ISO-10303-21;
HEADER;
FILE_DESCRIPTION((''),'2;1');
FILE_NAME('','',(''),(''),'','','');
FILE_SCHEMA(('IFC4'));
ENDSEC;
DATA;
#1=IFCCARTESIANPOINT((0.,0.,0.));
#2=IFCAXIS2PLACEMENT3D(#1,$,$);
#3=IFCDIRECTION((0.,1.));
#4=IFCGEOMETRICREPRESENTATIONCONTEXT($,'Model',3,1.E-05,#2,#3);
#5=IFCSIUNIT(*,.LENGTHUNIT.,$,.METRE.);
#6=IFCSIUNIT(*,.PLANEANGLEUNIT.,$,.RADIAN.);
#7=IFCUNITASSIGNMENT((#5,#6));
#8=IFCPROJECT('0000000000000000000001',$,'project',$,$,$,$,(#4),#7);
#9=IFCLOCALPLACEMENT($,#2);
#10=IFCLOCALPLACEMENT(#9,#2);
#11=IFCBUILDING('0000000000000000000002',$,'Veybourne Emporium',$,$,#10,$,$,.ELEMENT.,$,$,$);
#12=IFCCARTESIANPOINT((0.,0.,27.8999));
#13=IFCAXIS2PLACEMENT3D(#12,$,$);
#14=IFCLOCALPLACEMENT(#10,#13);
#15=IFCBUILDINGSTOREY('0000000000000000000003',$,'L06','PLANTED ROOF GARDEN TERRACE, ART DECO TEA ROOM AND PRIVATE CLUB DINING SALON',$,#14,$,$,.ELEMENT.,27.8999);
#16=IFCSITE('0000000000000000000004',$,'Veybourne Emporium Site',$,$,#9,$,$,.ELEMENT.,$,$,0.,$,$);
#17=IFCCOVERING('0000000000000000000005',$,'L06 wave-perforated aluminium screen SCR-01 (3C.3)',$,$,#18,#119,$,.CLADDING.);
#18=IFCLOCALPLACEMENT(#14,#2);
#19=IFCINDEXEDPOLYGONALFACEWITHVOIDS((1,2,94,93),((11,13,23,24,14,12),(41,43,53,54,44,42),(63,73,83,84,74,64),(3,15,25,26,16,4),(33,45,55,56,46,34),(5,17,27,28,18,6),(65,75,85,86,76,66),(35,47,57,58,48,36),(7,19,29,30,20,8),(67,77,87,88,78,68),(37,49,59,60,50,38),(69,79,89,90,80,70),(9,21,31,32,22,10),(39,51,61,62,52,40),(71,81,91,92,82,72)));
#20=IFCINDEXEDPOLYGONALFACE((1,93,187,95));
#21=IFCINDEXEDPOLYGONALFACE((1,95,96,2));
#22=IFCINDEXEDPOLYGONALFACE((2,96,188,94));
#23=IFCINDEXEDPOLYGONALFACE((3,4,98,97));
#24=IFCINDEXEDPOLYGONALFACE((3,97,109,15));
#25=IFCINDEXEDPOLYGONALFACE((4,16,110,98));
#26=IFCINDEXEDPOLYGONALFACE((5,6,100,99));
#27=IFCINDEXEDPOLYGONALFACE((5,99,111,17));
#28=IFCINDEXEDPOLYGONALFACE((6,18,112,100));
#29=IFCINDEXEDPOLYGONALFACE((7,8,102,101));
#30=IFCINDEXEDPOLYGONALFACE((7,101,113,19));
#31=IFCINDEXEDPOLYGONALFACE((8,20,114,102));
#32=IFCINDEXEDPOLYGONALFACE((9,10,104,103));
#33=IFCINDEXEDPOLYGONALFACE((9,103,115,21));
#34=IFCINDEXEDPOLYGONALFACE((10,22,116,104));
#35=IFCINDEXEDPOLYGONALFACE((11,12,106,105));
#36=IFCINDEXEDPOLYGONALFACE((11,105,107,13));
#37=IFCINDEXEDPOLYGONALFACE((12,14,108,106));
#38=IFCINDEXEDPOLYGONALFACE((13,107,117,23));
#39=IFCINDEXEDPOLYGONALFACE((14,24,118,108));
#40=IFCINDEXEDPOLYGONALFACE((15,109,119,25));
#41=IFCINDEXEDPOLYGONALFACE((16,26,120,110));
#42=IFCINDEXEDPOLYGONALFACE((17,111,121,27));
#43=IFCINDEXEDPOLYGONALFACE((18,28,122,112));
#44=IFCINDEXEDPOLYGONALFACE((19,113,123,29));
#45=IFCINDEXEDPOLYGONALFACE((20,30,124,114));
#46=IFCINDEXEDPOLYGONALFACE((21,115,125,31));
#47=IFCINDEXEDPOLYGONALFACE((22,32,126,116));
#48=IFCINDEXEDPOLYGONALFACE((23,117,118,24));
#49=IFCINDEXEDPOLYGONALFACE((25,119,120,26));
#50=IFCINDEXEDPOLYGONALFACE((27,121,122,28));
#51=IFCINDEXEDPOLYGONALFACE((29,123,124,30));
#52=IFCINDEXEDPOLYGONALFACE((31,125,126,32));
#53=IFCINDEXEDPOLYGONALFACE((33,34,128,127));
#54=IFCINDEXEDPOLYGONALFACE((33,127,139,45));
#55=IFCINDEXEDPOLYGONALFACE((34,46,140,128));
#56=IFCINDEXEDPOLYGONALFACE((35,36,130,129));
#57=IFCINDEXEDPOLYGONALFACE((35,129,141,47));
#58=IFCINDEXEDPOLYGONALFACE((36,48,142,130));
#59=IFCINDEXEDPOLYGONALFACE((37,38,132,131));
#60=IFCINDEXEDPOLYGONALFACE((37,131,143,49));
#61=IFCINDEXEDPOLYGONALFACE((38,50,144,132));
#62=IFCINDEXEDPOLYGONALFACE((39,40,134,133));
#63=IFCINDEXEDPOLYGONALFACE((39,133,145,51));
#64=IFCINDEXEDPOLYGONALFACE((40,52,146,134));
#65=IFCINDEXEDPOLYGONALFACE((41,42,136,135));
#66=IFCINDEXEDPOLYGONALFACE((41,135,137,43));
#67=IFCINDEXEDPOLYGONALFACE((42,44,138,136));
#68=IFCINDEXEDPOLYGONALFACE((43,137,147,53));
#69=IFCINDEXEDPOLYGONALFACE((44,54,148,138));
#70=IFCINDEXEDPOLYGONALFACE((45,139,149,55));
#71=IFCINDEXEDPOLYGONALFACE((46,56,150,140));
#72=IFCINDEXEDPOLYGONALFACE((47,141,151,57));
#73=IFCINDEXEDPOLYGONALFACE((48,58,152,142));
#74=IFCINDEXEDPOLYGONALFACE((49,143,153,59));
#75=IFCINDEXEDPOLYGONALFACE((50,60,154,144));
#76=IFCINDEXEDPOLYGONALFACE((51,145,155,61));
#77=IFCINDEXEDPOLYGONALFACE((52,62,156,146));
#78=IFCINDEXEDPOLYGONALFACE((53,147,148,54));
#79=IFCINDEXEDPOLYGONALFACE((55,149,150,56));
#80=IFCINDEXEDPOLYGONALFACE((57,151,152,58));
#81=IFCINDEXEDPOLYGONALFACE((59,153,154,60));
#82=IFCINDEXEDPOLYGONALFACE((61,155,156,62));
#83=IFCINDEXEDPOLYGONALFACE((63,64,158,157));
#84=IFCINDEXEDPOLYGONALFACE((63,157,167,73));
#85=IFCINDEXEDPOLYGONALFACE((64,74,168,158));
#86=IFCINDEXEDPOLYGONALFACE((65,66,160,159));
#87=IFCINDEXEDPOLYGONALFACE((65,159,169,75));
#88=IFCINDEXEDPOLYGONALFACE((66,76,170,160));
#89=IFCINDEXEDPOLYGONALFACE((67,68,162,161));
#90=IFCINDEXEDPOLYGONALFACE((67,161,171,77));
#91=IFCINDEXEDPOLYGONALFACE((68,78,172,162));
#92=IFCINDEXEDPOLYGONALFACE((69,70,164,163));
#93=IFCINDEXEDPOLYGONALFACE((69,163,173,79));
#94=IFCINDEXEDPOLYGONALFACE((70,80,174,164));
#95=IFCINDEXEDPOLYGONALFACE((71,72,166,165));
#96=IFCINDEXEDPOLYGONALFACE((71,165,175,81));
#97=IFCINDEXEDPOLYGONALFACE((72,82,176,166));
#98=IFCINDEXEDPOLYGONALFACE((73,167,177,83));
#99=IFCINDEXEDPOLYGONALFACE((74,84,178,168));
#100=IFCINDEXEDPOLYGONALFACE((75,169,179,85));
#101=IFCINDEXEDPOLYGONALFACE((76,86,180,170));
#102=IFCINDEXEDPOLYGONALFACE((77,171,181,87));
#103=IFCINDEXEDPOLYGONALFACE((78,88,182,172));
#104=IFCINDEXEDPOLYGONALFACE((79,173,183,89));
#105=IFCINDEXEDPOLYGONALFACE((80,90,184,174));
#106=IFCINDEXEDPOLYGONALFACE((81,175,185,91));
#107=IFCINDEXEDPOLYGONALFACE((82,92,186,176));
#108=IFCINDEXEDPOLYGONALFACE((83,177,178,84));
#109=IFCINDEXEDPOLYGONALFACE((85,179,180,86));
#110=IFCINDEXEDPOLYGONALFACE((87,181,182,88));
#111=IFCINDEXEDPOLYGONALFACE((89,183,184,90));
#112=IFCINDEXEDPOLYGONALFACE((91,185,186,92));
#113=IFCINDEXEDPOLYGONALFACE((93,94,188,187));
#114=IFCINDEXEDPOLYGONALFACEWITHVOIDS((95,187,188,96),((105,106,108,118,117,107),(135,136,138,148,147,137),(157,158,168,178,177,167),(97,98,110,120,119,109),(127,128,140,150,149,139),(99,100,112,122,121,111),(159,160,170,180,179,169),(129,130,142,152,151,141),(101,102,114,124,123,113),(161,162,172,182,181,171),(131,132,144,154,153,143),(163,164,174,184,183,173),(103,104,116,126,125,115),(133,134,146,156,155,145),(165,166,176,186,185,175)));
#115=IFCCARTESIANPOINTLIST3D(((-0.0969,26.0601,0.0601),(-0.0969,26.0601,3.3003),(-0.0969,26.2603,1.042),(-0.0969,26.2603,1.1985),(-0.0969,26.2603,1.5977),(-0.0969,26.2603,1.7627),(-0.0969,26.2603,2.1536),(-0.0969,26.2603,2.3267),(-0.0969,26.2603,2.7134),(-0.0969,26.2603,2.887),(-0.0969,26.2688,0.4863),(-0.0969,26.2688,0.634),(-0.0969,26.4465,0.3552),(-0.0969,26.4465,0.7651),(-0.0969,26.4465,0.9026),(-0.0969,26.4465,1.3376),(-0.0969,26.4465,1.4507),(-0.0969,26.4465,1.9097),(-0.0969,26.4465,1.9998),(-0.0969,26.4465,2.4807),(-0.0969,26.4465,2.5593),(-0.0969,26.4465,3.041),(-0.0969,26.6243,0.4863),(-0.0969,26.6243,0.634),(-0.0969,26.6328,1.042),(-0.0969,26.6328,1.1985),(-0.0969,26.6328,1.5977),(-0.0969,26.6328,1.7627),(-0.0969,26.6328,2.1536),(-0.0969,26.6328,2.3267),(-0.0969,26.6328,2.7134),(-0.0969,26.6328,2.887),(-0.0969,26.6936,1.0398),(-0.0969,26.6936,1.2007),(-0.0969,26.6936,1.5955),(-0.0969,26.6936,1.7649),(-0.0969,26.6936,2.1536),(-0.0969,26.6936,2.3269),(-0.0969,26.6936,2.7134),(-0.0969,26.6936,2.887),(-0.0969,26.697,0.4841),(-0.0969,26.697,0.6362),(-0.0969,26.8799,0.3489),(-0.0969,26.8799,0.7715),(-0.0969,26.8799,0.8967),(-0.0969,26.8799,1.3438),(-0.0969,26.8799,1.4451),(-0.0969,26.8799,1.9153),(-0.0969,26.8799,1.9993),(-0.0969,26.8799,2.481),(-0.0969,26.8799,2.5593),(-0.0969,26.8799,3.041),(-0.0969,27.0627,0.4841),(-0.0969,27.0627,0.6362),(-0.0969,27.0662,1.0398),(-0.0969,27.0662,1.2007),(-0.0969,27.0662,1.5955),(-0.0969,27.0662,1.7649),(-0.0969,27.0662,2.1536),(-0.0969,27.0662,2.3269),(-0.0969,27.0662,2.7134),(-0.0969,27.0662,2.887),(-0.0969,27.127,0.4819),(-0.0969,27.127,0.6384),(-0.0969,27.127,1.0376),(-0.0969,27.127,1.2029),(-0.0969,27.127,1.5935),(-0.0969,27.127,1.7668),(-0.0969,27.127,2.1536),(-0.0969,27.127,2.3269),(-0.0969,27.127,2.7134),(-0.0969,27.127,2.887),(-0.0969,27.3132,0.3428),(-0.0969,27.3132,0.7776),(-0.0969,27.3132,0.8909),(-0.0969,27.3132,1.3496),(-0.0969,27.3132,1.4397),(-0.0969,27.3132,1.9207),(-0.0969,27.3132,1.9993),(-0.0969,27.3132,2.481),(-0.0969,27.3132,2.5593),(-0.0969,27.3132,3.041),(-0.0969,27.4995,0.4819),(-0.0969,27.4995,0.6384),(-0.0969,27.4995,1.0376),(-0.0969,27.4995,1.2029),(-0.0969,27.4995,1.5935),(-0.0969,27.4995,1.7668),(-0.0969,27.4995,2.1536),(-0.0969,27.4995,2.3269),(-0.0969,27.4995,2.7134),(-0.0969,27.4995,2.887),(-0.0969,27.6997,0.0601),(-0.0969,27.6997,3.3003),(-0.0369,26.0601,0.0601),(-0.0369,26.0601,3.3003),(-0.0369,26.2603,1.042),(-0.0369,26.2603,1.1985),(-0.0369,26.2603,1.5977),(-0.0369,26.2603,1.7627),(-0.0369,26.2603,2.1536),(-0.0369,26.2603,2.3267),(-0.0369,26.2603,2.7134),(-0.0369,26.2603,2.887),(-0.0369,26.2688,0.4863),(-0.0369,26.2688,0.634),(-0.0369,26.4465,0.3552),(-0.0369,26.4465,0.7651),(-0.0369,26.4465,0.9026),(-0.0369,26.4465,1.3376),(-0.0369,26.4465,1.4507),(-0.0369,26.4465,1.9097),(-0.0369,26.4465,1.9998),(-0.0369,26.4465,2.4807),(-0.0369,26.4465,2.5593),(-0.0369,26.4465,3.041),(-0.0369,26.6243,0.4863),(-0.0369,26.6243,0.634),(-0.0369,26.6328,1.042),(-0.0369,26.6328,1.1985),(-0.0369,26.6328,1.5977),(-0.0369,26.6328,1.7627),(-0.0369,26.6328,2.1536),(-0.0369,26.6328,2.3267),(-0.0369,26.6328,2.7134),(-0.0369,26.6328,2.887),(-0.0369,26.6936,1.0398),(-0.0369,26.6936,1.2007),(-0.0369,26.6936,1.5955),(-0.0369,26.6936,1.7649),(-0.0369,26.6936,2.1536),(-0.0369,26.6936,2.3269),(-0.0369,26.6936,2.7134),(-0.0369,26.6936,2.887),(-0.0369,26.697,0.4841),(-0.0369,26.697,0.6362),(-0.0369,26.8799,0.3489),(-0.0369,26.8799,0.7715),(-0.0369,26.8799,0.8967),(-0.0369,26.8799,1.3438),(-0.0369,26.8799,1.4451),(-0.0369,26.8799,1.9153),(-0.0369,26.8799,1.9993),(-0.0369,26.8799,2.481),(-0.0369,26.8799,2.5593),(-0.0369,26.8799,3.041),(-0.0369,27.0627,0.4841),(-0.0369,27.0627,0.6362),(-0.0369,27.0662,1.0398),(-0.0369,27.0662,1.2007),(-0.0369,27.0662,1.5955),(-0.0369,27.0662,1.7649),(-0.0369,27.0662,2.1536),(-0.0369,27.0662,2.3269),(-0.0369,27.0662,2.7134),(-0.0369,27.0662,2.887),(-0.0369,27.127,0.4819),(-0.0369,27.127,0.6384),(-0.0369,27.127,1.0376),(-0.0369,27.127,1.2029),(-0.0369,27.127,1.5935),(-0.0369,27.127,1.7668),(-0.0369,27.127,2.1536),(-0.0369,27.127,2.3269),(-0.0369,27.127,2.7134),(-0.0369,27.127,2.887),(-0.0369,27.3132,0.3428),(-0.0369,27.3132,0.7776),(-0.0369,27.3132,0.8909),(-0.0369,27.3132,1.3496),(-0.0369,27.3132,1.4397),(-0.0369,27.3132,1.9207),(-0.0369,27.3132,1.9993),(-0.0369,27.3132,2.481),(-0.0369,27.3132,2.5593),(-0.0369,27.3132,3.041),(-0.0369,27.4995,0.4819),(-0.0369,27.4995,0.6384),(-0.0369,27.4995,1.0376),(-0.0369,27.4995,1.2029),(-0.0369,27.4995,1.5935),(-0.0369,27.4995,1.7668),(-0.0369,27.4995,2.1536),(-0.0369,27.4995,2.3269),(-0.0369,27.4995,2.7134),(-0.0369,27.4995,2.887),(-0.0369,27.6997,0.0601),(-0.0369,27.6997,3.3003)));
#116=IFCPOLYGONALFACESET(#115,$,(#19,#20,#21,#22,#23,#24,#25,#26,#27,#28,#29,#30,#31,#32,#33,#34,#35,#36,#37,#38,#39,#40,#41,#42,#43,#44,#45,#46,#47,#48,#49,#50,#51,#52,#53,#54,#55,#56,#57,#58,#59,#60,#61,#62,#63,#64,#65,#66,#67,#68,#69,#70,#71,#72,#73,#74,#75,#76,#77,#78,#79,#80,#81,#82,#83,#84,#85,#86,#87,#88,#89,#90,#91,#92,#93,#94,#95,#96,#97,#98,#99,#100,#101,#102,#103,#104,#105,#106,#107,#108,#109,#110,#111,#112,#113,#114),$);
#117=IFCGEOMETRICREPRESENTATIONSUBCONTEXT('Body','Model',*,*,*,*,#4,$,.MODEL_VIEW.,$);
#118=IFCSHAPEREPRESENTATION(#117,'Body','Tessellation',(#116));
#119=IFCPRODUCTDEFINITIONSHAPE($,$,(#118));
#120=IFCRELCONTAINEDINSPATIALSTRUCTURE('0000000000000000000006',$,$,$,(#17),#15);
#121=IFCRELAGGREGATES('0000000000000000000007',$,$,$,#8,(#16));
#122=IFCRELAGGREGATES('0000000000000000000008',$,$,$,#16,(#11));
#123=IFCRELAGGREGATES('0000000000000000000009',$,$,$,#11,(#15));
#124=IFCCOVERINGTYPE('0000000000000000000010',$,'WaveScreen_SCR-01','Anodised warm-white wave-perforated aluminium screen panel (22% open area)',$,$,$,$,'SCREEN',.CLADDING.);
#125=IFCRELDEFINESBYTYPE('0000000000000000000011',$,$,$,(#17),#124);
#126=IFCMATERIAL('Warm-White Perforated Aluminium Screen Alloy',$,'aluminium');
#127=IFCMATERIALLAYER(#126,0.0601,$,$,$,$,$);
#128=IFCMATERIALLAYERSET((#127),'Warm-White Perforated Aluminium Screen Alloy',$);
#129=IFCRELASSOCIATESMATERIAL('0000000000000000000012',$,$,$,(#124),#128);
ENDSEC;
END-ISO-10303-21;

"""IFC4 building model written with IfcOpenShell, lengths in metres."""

from ifc_helpers import new_model, si_unit, direction, frame, origin, place, context, subcontext, project, spatial, polyline, outline, extrude, material, layer, layer_set, type_object, element, save


model = new_model("IFC4")

# Units and contexts
model_context = context("Model", 3, precision=1e-05, world=origin(), true_north=direction((0.0, 1.0)))
body_context = subcontext(model_context, "Body", "Model", "MODEL_VIEW")
ifc_project = project(units=[si_unit("LENGTHUNIT", "METRE"), si_unit("PLANEANGLEUNIT", "RADIAN")], contexts=[model_context])

# Site, building, storey
site_placement = place(None, origin())
site = spatial("IfcSite", under=ifc_project, at=site_placement, Name="Veybourne Emporium Site", CompositionType="ELEMENT", RefElevation=0.0)
building_placement = place(site_placement, origin())
building = spatial("IfcBuilding", under=site, at=building_placement, Name="Veybourne Emporium", CompositionType="ELEMENT")
storey_placement = place(building_placement, frame((0.0, 0.0, 27.8999)))
storey = spatial("IfcBuildingStorey", under=building, at=storey_placement, Name="L06", Description="PLANTED ROOF GARDEN TERRACE, ART DECO TEA ROOM AND PRIVATE CLUB DINING SALON", CompositionType="ELEMENT", Elevation=27.8999)

# Covering
ifc_material_1 = material(Name="Warm-White Perforated Aluminium Screen Alloy", Category="aluminium")
ifc_layer_1 = layer(ifc_material_1, 0.0601)
ifc_layer_set_1 = layer_set([ifc_layer_1], Name="Warm-White Perforated Aluminium Screen Alloy")
covering_type_1 = type_object("IfcCoveringType", Name="WaveScreen_SCR-01", Description="Anodised warm-white wave-perforated aluminium screen panel (22% open area)", ElementType="SCREEN", PredefinedType="CLADDING", material=ifc_layer_set_1)
covering_1_placement = place(storey_placement, frame((-0.0969, 26.8799, 1.6802), z_axis=(1.0, 0.0, 0.0), x_axis=(0.0, 1.0, 0.0)))
element("IfcCovering", 1, at=covering_1_placement, inside=storey, type_object=covering_type_1, Name="L06 wave-perforated aluminium screen SCR-01 (3C.3)", PredefinedType="CLADDING", context=body_context, shape_type="SweptSolid", body=[
    extrude(outline(polyline([(-0.8198, -1.6201), (0.8198, -1.6201), (0.8198, 1.6201), (-0.8198, 1.6201), (-0.8198, -1.6201)]), holes=[polyline([(-0.4333, -0.915), (-0.2556, -1.0461), (-0.2556, -1.1938), (-0.4333, -1.325), (-0.6111, -1.1938), (-0.6111, -1.0461), (-0.4333, -0.915)]), polyline([(-0.4333, -0.3425), (-0.2471, -0.4817), (-0.2471, -0.6382), (-0.4333, -0.7776), (-0.6196, -0.6382), (-0.6196, -0.4817), (-0.4333, -0.3425)]), polyline([(-0.4333, 0.2295), (-0.2471, 0.0825), (-0.2471, -0.0825), (-0.4333, -0.2295), (-0.6196, -0.0825), (-0.6196, 0.0825), (-0.4333, 0.2295)]), polyline([(-0.4333, 0.8005), (-0.2471, 0.6465), (-0.2471, 0.4734), (-0.4333, 0.3196), (-0.6196, 0.4734), (-0.6196, 0.6465), (-0.4333, 0.8005)]), polyline([(-0.4333, 1.3608), (-0.2471, 1.2068), (-0.2471, 1.0332), (-0.4333, 0.8792), (-0.6196, 1.0332), (-0.6196, 1.2068), (-0.4333, 1.3608)]), polyline([(0.0, -0.9087), (0.1829, -1.0439), (0.1829, -1.196), (0.0, -1.3313), (-0.1829, -1.196), (-0.1829, -1.0439), (0.0, -0.9087)]), polyline([(0.0, -0.3364), (0.1863, -0.4795), (0.1863, -0.6404), (0.0, -0.7834), (-0.1863, -0.6404), (-0.1863, -0.4795), (0.0, -0.3364)]), polyline([(0.0, 0.2351), (0.1863, 0.0847), (0.1863, -0.0847), (0.0, -0.2351), (-0.1863, -0.0847), (-0.1863, 0.0847), (0.0, 0.2351)]), polyline([(0.0, 0.8008), (0.1863, 0.6467), (0.1863, 0.4734), (0.0, 0.3191), (-0.1863, 0.4734), (-0.1863, 0.6467), (0.0, 0.8008)]), polyline([(0.0, 1.3608), (0.1863, 1.2068), (0.1863, 1.0332), (0.0, 0.8792), (-0.1863, 1.0332), (-0.1863, 1.2068), (0.0, 1.3608)]), polyline([(0.4333, -0.9026), (0.6196, -1.0417), (0.6196, -1.1982), (0.4333, -1.3374), (0.2471, -1.1982), (0.2471, -1.0417), (0.4333, -0.9026)]), polyline([(0.4333, -0.3306), (0.6196, -0.4773), (0.6196, -0.6426), (0.4333, -0.7893), (0.2471, -0.6426), (0.2471, -0.4773), (0.4333, -0.3306)]), polyline([(0.4333, 0.2405), (0.6196, 0.0867), (0.6196, -0.0867), (0.4333, -0.2405), (0.2471, -0.0867), (0.2471, 0.0867), (0.4333, 0.2405)]), polyline([(0.4333, 0.8008), (0.6196, 0.6467), (0.6196, 0.4734), (0.4333, 0.3191), (0.2471, 0.4734), (0.2471, 0.6467), (0.4333, 0.8008)]), polyline([(0.4333, 1.3608), (0.6196, 1.2068), (0.6196, 1.0332), (0.4333, 0.8792), (0.2471, 1.0332), (0.2471, 1.2068), (0.4333, 1.3608)])]), origin(), (0.0, 0.0, 1.0), 0.0601),
])

save(model, "model.ifc")
